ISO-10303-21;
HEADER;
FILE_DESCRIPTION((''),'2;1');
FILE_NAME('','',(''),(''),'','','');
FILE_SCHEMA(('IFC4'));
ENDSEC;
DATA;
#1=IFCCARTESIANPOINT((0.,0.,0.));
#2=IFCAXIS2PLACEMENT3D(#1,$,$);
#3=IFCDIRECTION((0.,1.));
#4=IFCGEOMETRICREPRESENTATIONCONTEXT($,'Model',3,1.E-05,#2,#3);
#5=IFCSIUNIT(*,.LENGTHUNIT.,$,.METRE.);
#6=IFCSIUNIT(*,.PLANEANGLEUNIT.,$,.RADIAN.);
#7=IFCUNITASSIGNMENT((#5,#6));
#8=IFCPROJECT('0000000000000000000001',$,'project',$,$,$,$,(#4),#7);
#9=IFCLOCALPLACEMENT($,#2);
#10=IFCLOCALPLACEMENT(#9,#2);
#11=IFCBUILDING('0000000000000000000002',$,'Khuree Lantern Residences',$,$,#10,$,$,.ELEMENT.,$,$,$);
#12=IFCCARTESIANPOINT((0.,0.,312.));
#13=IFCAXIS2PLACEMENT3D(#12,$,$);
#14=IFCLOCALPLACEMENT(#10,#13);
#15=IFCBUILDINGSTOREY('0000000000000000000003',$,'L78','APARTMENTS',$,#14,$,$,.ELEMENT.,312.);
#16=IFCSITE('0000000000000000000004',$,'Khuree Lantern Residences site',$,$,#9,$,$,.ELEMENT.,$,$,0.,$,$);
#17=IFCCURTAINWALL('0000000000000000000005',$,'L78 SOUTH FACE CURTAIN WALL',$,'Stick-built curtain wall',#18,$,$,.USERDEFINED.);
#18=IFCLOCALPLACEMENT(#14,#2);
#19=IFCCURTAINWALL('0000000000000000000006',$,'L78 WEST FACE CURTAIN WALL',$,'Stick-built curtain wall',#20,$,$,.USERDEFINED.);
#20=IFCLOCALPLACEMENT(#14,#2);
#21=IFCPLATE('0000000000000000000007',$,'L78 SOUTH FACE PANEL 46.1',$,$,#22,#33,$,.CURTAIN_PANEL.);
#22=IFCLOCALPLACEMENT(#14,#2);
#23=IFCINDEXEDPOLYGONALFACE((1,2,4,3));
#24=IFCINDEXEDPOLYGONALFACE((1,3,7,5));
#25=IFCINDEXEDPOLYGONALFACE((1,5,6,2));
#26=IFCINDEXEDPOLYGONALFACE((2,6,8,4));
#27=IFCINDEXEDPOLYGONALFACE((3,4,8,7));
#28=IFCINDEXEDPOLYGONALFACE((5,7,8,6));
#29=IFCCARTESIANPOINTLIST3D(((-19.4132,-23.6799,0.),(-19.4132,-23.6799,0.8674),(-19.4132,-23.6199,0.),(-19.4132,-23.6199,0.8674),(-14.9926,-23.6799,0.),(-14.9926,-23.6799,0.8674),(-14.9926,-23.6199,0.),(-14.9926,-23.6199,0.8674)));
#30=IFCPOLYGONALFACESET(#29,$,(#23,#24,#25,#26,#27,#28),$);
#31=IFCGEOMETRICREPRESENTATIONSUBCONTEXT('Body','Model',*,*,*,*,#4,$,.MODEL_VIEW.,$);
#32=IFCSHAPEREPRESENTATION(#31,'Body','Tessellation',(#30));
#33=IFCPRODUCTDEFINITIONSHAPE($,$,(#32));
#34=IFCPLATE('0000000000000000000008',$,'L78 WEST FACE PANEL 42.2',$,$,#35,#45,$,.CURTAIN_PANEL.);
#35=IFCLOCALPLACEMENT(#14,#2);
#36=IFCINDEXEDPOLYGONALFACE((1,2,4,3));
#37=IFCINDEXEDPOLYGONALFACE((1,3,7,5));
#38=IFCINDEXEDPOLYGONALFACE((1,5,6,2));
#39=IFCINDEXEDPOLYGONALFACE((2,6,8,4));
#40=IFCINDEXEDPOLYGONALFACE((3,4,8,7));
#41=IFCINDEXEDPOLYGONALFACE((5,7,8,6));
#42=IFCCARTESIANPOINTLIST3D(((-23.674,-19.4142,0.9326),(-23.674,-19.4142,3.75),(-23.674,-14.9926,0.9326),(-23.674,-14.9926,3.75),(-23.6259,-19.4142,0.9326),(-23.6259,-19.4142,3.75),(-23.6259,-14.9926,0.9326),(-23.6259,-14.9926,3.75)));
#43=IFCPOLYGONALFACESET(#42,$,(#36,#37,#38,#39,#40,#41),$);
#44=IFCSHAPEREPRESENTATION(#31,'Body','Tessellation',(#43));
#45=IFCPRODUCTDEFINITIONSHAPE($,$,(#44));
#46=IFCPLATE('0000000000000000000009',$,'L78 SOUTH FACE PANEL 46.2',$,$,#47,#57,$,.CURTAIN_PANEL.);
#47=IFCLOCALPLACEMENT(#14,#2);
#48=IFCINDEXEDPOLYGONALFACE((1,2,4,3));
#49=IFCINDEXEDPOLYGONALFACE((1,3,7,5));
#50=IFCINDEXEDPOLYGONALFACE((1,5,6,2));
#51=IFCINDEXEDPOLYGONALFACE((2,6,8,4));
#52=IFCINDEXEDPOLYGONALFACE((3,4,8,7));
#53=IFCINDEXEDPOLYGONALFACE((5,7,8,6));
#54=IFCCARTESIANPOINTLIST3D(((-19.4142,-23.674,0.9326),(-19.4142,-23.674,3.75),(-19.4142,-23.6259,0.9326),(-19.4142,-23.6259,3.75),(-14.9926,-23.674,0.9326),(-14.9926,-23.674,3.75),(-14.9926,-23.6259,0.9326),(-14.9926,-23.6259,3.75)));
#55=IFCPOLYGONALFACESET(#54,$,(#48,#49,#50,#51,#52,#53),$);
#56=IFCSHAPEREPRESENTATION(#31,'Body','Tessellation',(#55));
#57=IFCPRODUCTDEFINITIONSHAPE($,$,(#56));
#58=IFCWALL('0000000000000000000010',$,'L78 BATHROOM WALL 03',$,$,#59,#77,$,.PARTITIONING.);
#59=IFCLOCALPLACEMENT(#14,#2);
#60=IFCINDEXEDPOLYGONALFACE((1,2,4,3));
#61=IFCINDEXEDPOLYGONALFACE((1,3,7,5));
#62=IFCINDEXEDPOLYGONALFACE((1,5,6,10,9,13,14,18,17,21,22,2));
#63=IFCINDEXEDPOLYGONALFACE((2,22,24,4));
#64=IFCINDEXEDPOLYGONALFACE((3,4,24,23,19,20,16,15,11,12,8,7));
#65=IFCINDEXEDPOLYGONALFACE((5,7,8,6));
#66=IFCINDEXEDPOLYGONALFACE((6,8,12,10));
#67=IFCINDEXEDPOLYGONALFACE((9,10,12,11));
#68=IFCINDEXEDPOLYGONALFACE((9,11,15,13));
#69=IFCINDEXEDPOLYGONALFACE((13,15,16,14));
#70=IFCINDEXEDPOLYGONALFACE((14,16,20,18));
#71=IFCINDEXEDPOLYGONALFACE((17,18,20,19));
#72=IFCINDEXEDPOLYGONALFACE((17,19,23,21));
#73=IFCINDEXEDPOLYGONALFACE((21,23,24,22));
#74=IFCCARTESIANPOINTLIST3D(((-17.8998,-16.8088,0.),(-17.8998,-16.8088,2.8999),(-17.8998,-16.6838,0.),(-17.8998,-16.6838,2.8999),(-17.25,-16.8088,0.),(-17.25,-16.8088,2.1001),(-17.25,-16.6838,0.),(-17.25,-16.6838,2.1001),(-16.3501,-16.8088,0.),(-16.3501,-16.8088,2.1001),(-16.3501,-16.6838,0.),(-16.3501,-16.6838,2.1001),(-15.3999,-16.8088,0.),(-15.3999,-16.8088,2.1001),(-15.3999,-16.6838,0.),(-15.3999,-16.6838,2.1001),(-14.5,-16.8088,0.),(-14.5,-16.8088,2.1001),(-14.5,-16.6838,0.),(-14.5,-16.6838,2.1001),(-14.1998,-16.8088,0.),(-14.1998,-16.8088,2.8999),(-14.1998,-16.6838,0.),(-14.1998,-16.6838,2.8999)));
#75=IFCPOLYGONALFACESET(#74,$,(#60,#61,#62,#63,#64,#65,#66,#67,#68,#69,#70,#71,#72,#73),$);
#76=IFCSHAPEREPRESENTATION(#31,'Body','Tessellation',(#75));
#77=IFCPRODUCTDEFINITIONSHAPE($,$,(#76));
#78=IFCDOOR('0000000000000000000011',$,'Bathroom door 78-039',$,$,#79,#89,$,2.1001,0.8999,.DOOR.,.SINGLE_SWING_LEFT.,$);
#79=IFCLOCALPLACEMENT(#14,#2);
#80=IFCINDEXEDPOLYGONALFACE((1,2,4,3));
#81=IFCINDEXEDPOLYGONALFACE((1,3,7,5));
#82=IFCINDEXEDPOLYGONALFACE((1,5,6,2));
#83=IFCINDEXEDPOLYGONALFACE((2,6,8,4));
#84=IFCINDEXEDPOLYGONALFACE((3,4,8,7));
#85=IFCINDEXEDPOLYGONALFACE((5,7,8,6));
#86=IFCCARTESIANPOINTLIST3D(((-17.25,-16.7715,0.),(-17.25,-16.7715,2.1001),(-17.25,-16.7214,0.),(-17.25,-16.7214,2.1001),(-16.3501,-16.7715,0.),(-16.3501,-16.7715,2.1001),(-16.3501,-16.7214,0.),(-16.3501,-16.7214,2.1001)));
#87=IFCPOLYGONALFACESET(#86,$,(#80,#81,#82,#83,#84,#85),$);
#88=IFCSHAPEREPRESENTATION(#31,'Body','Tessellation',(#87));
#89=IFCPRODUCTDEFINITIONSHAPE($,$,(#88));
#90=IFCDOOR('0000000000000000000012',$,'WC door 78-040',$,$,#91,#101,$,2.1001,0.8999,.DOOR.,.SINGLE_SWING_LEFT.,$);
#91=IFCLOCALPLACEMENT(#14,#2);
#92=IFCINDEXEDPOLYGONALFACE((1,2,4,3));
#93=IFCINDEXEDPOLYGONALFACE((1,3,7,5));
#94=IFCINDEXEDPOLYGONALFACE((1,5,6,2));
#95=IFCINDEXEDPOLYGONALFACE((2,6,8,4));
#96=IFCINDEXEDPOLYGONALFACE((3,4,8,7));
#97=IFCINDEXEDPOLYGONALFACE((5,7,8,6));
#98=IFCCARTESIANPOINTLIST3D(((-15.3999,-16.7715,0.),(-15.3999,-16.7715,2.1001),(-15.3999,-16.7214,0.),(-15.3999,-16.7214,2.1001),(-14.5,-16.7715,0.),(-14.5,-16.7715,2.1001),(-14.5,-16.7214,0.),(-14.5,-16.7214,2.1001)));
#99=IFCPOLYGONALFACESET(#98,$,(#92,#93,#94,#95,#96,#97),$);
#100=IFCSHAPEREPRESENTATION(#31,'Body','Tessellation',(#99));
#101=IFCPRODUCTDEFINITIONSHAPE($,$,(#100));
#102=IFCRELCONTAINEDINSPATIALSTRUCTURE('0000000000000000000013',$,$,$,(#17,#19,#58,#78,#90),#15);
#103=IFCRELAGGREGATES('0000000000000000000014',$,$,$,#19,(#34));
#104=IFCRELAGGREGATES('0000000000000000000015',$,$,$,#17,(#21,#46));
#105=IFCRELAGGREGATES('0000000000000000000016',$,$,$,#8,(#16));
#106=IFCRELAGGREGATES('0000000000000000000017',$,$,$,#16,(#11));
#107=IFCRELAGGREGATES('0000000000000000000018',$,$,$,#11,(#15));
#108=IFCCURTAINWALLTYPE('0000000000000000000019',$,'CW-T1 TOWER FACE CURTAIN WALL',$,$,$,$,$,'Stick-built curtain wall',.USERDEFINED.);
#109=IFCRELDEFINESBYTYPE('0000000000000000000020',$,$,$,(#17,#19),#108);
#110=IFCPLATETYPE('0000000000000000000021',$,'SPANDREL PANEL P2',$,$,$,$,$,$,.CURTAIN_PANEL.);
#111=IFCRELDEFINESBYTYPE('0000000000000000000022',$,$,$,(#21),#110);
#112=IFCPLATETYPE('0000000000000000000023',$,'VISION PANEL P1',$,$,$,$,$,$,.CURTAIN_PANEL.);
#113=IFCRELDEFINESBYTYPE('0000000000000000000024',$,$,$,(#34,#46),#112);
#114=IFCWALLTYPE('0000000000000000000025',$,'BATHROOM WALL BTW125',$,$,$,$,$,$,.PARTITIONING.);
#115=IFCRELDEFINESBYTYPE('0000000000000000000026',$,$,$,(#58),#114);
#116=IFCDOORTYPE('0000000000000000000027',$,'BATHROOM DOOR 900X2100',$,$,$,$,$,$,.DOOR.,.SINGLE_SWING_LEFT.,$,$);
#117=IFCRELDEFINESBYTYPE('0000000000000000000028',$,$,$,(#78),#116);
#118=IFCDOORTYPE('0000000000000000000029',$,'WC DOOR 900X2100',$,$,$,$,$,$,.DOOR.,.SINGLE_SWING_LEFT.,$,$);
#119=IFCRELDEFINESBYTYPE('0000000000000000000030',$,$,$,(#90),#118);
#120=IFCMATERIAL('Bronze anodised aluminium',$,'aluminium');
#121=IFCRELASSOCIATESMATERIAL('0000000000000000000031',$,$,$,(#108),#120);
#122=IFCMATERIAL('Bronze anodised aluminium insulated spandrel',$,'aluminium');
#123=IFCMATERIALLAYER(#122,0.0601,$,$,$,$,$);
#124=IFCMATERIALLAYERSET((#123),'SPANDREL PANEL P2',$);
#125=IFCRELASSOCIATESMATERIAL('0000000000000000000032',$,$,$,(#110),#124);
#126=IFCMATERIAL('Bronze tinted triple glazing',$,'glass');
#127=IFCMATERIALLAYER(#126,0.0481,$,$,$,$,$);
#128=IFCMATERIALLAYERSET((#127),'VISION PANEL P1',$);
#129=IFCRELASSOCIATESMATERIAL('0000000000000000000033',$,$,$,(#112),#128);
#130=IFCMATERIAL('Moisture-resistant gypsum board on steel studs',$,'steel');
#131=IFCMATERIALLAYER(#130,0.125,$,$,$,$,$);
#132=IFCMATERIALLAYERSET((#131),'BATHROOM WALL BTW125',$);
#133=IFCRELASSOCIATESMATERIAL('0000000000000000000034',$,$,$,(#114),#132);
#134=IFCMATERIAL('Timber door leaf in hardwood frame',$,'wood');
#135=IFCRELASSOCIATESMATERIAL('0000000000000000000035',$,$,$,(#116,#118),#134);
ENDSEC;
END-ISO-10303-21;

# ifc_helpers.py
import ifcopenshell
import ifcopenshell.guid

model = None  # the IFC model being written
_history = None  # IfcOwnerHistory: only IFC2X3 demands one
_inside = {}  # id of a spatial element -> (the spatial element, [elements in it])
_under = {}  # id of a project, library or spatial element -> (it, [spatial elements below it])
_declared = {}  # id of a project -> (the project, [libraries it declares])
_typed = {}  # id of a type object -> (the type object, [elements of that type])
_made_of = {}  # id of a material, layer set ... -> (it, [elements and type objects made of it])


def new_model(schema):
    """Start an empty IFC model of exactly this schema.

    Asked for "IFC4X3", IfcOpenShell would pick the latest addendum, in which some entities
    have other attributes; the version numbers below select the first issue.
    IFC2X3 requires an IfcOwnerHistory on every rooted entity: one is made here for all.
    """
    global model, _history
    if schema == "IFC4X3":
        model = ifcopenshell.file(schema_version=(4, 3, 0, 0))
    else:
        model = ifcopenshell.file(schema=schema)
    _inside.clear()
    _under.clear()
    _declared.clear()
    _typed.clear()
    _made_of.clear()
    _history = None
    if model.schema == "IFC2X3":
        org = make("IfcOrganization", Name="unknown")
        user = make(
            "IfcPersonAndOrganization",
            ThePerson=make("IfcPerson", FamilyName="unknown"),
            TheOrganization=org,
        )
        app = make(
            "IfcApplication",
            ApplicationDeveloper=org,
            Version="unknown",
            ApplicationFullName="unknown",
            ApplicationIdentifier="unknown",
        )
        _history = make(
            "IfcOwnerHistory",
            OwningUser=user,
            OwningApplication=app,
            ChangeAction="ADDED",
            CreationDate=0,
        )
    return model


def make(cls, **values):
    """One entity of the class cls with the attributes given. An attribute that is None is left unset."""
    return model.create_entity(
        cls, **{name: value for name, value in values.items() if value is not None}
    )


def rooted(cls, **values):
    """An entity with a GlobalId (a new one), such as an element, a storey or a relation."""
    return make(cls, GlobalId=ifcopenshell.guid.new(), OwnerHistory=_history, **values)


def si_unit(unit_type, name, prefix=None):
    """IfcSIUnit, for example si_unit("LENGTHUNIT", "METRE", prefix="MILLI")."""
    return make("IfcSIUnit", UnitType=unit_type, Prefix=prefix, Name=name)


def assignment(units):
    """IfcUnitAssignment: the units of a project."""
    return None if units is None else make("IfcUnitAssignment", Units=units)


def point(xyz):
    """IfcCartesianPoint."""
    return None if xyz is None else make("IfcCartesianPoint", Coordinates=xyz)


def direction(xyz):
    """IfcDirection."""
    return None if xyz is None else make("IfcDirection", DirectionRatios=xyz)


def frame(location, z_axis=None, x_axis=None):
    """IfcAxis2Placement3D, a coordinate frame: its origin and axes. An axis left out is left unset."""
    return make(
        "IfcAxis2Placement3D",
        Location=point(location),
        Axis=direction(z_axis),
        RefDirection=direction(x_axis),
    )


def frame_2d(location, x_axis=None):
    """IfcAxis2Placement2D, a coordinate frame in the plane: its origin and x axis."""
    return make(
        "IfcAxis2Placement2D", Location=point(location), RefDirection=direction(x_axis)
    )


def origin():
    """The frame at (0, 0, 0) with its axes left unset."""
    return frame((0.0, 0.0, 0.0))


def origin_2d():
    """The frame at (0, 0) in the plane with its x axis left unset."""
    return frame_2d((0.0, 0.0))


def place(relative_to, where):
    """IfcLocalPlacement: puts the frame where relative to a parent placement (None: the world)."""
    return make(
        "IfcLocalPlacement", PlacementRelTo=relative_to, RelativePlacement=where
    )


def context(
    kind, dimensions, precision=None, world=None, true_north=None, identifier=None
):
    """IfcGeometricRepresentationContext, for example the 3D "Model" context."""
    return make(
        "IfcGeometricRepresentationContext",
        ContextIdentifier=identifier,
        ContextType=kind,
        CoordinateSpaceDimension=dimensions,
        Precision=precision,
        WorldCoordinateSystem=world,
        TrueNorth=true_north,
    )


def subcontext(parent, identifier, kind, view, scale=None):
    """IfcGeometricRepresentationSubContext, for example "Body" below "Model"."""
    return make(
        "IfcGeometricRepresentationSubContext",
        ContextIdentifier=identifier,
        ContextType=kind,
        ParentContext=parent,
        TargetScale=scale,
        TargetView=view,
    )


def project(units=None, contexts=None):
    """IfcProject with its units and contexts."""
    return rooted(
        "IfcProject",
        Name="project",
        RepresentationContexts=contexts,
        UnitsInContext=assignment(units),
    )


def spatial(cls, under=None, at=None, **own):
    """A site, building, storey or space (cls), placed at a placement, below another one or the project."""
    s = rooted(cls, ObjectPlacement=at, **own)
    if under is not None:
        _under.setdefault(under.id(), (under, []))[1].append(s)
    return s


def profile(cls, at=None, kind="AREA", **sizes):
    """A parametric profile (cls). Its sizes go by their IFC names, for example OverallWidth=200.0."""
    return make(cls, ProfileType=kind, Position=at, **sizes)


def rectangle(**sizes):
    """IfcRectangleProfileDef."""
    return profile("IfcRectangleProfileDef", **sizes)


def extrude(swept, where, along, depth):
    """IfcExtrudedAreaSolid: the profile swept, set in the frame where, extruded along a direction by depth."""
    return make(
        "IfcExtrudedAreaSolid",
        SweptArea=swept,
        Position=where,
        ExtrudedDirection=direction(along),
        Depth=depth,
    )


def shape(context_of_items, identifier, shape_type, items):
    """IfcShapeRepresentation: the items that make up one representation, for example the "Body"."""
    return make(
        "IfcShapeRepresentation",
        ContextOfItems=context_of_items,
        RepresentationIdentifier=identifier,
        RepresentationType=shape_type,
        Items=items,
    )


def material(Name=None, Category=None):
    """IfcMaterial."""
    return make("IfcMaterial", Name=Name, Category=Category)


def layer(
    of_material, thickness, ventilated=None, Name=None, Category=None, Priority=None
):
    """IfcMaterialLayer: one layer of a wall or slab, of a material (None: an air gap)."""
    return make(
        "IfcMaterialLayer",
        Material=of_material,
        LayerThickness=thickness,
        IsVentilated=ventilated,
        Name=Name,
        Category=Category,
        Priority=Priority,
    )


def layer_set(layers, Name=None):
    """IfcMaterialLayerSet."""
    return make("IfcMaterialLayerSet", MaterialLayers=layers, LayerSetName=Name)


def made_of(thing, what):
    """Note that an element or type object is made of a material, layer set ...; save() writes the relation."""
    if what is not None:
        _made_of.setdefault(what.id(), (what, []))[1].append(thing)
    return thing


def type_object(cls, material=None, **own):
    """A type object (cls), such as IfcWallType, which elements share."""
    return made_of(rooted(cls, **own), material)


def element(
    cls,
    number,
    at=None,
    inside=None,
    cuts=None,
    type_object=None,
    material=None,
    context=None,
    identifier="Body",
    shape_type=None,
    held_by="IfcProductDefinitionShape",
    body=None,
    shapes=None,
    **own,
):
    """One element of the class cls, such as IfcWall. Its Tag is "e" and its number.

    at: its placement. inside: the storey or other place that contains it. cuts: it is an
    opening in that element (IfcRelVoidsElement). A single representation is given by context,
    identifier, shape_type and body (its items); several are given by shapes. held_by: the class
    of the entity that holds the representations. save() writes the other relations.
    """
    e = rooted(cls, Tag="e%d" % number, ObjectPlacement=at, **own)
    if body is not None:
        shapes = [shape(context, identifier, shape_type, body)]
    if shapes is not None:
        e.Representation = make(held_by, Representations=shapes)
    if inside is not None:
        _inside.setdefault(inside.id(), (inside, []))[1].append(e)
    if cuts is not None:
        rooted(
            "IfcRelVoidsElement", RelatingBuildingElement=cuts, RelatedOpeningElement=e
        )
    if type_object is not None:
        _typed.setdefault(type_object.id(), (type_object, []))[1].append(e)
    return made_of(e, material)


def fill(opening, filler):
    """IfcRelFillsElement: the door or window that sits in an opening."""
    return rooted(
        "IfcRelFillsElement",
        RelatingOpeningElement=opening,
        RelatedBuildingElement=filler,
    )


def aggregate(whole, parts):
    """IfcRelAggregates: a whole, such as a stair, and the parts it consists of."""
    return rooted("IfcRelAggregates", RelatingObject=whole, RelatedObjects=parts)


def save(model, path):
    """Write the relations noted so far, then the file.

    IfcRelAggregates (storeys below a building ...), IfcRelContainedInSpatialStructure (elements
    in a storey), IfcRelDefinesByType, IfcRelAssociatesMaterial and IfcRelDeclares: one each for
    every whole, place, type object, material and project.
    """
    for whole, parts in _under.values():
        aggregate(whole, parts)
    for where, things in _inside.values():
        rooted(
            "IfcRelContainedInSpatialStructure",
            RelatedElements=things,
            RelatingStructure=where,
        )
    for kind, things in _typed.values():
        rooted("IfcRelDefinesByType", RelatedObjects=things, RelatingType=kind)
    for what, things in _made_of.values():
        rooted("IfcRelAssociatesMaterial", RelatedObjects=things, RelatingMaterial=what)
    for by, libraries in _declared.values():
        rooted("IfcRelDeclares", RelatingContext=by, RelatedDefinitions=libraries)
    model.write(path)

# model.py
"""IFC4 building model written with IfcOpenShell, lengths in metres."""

from ifc_helpers import new_model, si_unit, direction, frame, frame_2d, origin, origin_2d, place, context, subcontext, project, spatial, rectangle, extrude, material, layer, layer_set, type_object, element, fill, aggregate, save


model = new_model("IFC4")

# Units and contexts
model_context = context("Model", 3, precision=1e-05, world=origin(), true_north=direction((0.0, 1.0)))
body_context = subcontext(model_context, "Body", "Model", "MODEL_VIEW")
ifc_project = project(units=[si_unit("LENGTHUNIT", "METRE"), si_unit("PLANEANGLEUNIT", "RADIAN")], contexts=[model_context])

# Site, building, storey
site_placement = place(None, origin())
site = spatial("IfcSite", under=ifc_project, at=site_placement, Name="Khuree Lantern Residences site", CompositionType="ELEMENT", RefElevation=0.0)
building_placement = place(site_placement, origin())
building = spatial("IfcBuilding", under=site, at=building_placement, Name="Khuree Lantern Residences", CompositionType="ELEMENT")
storey_placement = place(building_placement, frame((0.0, 0.0, 312.0)))
storey = spatial("IfcBuildingStorey", under=building, at=storey_placement, Name="L78", Description="APARTMENTS", CompositionType="ELEMENT", Elevation=312.0)

# Curtain wall
ifc_material_1 = material(Name="Bronze anodised aluminium", Category="aluminium")
curtain_wall_type_1 = type_object("IfcCurtainWallType", Name="CW-T1 TOWER FACE CURTAIN WALL", ElementType="Stick-built curtain wall", PredefinedType="USERDEFINED", material=ifc_material_1)
curtain_wall_1_placement = place(storey_placement, origin())
curtain_wall_1 = element("IfcCurtainWall", 1, at=curtain_wall_1_placement, inside=storey, type_object=curtain_wall_type_1, Name="L78 SOUTH FACE CURTAIN WALL", ObjectType="Stick-built curtain wall", PredefinedType="USERDEFINED")

# Curtain wall
curtain_wall_2_placement = place(storey_placement, origin())
curtain_wall_2 = element("IfcCurtainWall", 2, at=curtain_wall_2_placement, inside=storey, type_object=curtain_wall_type_1, Name="L78 WEST FACE CURTAIN WALL", ObjectType="Stick-built curtain wall", PredefinedType="USERDEFINED")

# Plates
ifc_material_2 = material(Name="Bronze tinted triple glazing", Category="glass")
ifc_material_3 = material(Name="Bronze anodised aluminium insulated spandrel", Category="aluminium")
ifc_layer_1 = layer(ifc_material_3, 0.0601)
ifc_layer_set_1 = layer_set([ifc_layer_1], Name="SPANDREL PANEL P2")
plate_type_1 = type_object("IfcPlateType", Name="SPANDREL PANEL P2", PredefinedType="CURTAIN_PANEL", material=ifc_layer_set_1)
plate_1_placement = place(storey_placement, frame((-17.2029, -23.6499, 0.0), z_axis=(0.0, 0.0, 1.0), x_axis=(1.0, 0.0, 0.0)))
plate_1 = element("IfcPlate", 3, at=plate_1_placement, type_object=plate_type_1, Name="L78 SOUTH FACE PANEL 46.1", PredefinedType="CURTAIN_PANEL", context=body_context, shape_type="SweptSolid", body=[
    extrude(rectangle(XDim=4.4207, YDim=0.0601, at=origin_2d()), origin(), (0.0, 0.0, 1.0), 0.8674),
])
ifc_layer_2 = layer(ifc_material_2, 0.0481)
ifc_layer_set_2 = layer_set([ifc_layer_2], Name="VISION PANEL P1")
plate_type_2 = type_object("IfcPlateType", Name="VISION PANEL P1", PredefinedType="CURTAIN_PANEL", material=ifc_layer_set_2)
plate_2_placement = place(storey_placement, frame((-23.6499, -17.2034, 0.9326), z_axis=(0.0, 0.0, 1.0), x_axis=(0.0, -1.0, 0.0)))
plate_2 = element("IfcPlate", 4, at=plate_2_placement, type_object=plate_type_2, Name="L78 WEST FACE PANEL 42.2", PredefinedType="CURTAIN_PANEL", context=body_context, shape_type="SweptSolid", body=[
    extrude(rectangle(XDim=4.4216, YDim=0.0481, at=origin_2d()), origin(), (0.0, 0.0, 1.0), 2.8174),
])
aggregate(curtain_wall_2, [plate_2])
plate_3_placement = place(storey_placement, frame((-17.2034, -23.6499, 0.9326), z_axis=(0.0, 0.0, 1.0), x_axis=(1.0, 0.0, 0.0)))
plate_3 = element("IfcPlate", 5, at=plate_3_placement, type_object=plate_type_2, Name="L78 SOUTH FACE PANEL 46.2", PredefinedType="CURTAIN_PANEL", context=body_context, shape_type="SweptSolid", body=[
    extrude(rectangle(XDim=4.4216, YDim=0.0481, at=origin_2d()), origin(), (0.0, 0.0, 1.0), 2.8174),
])
aggregate(curtain_wall_1, [plate_1, plate_3])

# Wall, openings, doors
ifc_material_4 = material(Name="Moisture-resistant gypsum board on steel studs", Category="steel")
ifc_layer_3 = layer(ifc_material_4, 0.125)
ifc_layer_set_3 = layer_set([ifc_layer_3], Name="BATHROOM WALL BTW125")
wall_type = type_object("IfcWallType", Name="BATHROOM WALL BTW125", PredefinedType="PARTITIONING", material=ifc_layer_set_3)
wall_placement = place(storey_placement, frame((-17.8999, -16.7463, 0.0), z_axis=(0.0, 0.0, 1.0), x_axis=(1.0, 0.0, 0.0)))
wall = element("IfcWall", 6, at=wall_placement, inside=storey, type_object=wall_type, Name="L78 BATHROOM WALL 03", PredefinedType="PARTITIONING", context=body_context, shape_type="SweptSolid", body=[
    extrude(rectangle(XDim=3.7, YDim=0.125, at=frame_2d((1.8501, 0.0))), origin(), (0.0, 0.0, 1.0), 2.8999),
])
opening_1_placement = place(wall_placement, frame((0.6499, 0.0, 0.0)))
opening_1 = element("IfcOpeningElement", 7, at=opening_1_placement, cuts=wall, PredefinedType="OPENING", context=body_context, shape_type="SweptSolid", body=[
    extrude(rectangle(XDim=0.8999, YDim=2.1001, at=frame_2d((0.45, 1.05))), frame((0.0, 0.0725, 0.0), z_axis=(0.0, -1.0, 0.0), x_axis=(1.0, 0.0, 0.0)), (0.0, 0.0, 1.0), 0.145),
])
opening_2_placement = place(wall_placement, frame((2.5, 0.0, 0.0)))
opening_2 = element("IfcOpeningElement", 8, at=opening_2_placement, cuts=wall, PredefinedType="OPENING", context=body_context, shape_type="SweptSolid", body=[
    extrude(rectangle(XDim=0.8999, YDim=2.1001, at=frame_2d((0.45, 1.05))), frame((0.0, 0.0725, 0.0), z_axis=(0.0, -1.0, 0.0), x_axis=(1.0, 0.0, 0.0)), (0.0, 0.0, 1.0), 0.145),
])
ifc_material_5 = material(Name="Timber door leaf in hardwood frame", Category="wood")
door_type_1 = type_object("IfcDoorType", Name="BATHROOM DOOR 900X2100", OperationType="SINGLE_SWING_LEFT", PredefinedType="DOOR", material=ifc_material_5)
door_1_placement = place(opening_1_placement, origin())
door_1 = element("IfcDoor", 9, at=door_1_placement, inside=storey, type_object=door_type_1, Name="Bathroom door 78-039", OperationType="SINGLE_SWING_LEFT", OverallHeight=2.1001, OverallWidth=0.8999, PredefinedType="DOOR", context=body_context, shape_type="SweptSolid", body=[
    extrude(rectangle(XDim=0.8999, YDim=2.1001, at=frame_2d((0.45, 1.05))), frame((0.0, 0.0249, 0.0), z_axis=(0.0, -1.0, 0.0), x_axis=(1.0, 0.0, 0.0)), (0.0, 0.0, 1.0), 0.05),
])
fill(opening_1, door_1)
door_type_2 = type_object("IfcDoorType", Name="WC DOOR 900X2100", OperationType="SINGLE_SWING_LEFT", PredefinedType="DOOR", material=ifc_material_5)
door_2_placement = place(opening_2_placement, origin())
door_2 = element("IfcDoor", 10, at=door_2_placement, inside=storey, type_object=door_type_2, Name="WC door 78-040", OperationType="SINGLE_SWING_LEFT", OverallHeight=2.1001, OverallWidth=0.8999, PredefinedType="DOOR", context=body_context, shape_type="SweptSolid", body=[
    extrude(rectangle(XDim=0.8999, YDim=2.1001, at=frame_2d((0.45, 1.05))), frame((0.0, 0.0249, 0.0), z_axis=(0.0, -1.0, 0.0), x_axis=(1.0, 0.0, 0.0)), (0.0, 0.0, 1.0), 0.05),
])
fill(opening_2, door_2)

save(model, "model.ifc")
